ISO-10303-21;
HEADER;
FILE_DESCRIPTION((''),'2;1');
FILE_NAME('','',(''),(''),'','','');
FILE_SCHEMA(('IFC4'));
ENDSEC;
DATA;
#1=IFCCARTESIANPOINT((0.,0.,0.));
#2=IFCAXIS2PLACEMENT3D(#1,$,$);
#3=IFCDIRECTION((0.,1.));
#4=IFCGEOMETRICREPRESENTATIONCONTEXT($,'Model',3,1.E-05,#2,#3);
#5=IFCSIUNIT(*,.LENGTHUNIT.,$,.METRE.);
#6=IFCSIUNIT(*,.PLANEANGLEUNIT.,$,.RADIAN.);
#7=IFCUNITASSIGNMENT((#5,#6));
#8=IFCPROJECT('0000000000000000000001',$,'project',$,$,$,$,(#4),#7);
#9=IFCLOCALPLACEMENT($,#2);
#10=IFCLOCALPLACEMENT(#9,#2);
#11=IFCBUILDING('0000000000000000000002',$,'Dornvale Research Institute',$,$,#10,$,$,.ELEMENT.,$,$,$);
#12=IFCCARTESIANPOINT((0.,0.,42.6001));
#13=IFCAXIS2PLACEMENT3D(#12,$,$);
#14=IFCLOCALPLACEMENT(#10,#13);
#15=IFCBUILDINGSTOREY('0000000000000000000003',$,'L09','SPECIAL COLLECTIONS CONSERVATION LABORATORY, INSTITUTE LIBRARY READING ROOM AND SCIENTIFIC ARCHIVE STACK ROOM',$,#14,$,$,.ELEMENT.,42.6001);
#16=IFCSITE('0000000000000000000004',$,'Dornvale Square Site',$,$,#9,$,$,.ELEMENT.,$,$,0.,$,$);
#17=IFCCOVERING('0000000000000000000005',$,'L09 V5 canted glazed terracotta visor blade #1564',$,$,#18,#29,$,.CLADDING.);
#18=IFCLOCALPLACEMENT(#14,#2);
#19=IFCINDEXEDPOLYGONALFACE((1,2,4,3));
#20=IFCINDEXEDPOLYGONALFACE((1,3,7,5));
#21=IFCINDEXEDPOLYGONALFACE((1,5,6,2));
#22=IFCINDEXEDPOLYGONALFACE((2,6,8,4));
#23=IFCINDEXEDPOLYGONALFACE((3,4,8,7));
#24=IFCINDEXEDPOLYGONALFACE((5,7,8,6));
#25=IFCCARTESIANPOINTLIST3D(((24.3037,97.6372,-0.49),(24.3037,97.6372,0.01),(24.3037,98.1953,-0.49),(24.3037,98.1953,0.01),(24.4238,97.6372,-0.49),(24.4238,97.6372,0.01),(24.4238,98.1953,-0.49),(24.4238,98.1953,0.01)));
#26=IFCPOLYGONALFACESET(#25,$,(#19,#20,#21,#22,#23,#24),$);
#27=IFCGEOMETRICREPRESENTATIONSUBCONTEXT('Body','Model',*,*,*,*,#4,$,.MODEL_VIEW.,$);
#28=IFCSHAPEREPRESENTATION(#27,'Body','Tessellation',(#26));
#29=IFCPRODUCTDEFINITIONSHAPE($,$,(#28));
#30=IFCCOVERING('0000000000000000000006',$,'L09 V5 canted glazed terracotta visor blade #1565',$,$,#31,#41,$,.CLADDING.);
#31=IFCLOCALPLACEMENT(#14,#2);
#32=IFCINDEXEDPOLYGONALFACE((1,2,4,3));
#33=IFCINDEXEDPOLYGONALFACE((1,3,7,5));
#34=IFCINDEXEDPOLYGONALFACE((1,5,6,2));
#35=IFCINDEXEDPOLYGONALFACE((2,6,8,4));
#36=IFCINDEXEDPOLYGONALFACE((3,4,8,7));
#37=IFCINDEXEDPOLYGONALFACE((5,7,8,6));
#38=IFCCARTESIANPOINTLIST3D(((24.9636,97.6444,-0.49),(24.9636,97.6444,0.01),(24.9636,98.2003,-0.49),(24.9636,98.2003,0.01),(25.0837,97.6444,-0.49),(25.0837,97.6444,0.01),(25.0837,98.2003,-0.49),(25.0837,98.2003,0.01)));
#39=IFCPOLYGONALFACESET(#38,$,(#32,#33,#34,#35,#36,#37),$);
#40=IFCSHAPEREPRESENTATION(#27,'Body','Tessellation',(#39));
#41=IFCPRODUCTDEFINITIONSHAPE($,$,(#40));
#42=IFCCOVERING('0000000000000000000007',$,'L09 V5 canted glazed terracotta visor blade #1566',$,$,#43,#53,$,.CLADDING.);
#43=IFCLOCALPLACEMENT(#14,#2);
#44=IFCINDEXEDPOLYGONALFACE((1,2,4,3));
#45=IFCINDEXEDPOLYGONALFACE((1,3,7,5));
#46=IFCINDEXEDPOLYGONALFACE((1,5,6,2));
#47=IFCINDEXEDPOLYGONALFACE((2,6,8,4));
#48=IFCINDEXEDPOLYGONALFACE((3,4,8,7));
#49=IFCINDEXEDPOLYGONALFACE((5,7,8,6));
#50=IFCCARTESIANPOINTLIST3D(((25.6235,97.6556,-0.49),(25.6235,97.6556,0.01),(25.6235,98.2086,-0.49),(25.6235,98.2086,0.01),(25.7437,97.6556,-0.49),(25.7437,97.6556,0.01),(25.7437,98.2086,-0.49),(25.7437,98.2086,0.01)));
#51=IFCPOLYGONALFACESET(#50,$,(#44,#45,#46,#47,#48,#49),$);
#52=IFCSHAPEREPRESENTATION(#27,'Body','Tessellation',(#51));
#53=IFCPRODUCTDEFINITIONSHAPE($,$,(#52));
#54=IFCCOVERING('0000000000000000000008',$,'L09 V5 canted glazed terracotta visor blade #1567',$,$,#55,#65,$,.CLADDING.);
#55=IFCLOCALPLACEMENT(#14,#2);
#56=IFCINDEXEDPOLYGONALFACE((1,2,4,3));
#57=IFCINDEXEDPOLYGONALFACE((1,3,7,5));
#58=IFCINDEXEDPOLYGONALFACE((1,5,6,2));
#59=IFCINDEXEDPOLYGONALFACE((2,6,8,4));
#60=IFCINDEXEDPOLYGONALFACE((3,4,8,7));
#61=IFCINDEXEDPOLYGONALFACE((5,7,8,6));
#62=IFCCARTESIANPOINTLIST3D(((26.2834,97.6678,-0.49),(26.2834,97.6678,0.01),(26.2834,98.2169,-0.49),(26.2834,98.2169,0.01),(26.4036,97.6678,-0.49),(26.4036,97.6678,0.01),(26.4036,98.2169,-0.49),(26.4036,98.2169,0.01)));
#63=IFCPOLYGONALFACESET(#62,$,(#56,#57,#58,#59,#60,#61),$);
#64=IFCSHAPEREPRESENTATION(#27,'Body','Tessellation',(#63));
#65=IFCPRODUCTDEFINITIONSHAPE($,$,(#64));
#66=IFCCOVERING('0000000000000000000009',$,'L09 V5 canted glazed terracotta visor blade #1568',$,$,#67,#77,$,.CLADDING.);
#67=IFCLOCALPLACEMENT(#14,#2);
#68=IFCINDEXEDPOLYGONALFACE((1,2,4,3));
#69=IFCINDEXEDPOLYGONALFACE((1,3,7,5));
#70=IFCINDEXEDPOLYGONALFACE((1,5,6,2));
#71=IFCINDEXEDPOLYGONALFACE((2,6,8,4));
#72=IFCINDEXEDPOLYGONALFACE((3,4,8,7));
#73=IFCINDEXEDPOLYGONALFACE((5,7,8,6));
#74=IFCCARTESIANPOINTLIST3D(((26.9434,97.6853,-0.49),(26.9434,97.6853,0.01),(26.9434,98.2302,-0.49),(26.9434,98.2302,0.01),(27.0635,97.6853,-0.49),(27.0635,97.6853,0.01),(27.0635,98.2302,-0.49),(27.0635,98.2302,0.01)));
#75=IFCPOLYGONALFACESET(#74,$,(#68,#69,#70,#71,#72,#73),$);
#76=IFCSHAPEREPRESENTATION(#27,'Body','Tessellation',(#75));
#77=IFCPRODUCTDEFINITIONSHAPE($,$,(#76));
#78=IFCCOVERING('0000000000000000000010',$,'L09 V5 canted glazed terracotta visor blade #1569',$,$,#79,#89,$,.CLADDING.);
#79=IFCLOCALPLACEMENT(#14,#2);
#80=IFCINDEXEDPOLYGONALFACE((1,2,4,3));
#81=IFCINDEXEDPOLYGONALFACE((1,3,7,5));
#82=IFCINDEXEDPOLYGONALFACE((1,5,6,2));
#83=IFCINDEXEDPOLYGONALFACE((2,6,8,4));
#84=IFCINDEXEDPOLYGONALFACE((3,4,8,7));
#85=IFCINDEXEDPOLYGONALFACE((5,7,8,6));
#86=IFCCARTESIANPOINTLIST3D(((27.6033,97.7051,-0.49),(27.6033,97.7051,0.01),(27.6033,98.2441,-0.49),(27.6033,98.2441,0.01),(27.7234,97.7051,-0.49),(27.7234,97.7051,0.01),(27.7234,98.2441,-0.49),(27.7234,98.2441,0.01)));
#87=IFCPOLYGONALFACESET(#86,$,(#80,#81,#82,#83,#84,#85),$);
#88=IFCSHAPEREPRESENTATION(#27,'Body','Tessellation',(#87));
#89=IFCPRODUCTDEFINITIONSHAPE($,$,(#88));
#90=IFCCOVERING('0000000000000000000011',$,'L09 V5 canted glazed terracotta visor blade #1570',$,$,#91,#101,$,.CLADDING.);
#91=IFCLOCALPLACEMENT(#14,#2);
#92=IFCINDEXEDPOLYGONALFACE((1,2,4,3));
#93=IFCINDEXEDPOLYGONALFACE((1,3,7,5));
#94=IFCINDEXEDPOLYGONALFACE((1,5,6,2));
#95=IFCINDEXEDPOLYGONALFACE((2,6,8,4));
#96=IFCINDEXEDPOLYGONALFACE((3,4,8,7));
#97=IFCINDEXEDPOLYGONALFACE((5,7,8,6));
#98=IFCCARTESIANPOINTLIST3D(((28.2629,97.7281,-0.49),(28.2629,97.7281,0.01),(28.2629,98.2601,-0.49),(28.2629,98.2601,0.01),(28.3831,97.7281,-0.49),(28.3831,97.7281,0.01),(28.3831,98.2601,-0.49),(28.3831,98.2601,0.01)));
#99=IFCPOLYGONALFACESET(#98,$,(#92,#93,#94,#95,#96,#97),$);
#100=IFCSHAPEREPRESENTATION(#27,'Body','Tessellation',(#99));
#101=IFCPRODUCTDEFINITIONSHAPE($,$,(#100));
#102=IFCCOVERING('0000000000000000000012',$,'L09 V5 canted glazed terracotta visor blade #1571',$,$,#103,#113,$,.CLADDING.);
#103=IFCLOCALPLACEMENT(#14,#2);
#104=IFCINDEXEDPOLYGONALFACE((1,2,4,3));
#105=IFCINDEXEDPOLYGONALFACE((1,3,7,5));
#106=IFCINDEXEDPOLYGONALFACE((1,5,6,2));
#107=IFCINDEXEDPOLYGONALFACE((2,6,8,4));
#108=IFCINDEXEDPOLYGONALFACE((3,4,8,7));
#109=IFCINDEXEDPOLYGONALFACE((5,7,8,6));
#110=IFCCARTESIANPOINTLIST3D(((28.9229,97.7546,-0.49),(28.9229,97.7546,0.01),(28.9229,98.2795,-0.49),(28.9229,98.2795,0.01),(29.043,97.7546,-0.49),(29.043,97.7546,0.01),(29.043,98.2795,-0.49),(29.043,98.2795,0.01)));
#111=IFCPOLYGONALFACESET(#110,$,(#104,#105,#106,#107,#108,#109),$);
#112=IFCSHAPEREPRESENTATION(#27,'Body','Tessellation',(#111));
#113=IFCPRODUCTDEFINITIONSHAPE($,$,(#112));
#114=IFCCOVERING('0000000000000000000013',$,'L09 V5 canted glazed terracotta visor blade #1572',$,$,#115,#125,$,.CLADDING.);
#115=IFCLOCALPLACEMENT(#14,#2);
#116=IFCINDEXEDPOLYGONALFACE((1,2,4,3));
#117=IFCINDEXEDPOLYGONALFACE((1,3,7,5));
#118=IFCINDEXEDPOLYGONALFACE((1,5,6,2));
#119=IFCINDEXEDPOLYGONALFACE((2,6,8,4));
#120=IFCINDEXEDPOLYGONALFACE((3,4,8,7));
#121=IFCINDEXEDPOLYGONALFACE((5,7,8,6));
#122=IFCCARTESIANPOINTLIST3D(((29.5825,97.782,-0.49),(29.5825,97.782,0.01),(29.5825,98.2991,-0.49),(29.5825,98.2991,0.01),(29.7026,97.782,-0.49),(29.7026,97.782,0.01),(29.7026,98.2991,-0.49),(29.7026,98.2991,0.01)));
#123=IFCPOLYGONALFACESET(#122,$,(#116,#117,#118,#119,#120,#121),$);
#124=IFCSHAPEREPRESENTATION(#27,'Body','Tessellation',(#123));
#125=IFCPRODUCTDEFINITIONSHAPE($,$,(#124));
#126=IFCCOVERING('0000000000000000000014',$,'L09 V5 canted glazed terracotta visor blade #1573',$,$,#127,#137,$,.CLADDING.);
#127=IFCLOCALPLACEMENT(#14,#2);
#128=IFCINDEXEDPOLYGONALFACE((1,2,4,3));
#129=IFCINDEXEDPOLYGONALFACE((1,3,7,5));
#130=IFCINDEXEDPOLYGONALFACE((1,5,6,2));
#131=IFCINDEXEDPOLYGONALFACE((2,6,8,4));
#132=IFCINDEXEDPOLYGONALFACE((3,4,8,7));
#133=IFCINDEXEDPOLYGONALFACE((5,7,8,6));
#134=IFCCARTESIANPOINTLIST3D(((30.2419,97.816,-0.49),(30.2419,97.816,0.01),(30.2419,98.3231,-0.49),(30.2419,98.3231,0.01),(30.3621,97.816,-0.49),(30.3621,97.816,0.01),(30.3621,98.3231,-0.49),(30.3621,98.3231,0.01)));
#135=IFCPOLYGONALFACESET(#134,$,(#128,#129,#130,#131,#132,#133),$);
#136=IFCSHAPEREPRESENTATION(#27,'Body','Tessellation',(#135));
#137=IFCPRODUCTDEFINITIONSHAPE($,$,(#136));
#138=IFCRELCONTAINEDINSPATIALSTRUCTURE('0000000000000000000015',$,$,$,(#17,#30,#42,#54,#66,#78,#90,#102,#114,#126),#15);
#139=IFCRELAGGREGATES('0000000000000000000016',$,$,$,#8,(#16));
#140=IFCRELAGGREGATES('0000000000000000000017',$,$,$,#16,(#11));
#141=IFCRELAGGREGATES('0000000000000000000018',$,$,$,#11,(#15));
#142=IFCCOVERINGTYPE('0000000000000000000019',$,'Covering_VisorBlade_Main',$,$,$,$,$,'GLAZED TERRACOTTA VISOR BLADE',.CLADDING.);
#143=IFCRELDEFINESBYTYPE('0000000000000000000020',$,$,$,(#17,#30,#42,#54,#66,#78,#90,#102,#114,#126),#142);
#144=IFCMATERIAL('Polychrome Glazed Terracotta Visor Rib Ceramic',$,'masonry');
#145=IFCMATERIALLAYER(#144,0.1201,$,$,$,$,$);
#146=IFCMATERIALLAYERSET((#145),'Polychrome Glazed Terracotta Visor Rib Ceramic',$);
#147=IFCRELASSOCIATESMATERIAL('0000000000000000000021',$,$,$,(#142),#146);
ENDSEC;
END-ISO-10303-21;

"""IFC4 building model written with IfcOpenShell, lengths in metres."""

from ifc_helpers import new_model, si_unit, direction, frame, origin, origin_2d, place, context, subcontext, project, spatial, rectangle, extrude, material, layer, layer_set, type_object, element, save


model = new_model("IFC4")

# Units and contexts
model_context = context("Model", 3, precision=1e-05, world=origin(), true_north=direction((0.0, 1.0)))
body_context = subcontext(model_context, "Body", "Model", "MODEL_VIEW")
ifc_project = project(units=[si_unit("LENGTHUNIT", "METRE"), si_unit("PLANEANGLEUNIT", "RADIAN")], contexts=[model_context])

# Site, building, storey
site_placement = place(None, origin())
site = spatial("IfcSite", under=ifc_project, at=site_placement, Name="Dornvale Square Site", CompositionType="ELEMENT", RefElevation=0.0)
building_placement = place(site_placement, origin())
building = spatial("IfcBuilding", under=site, at=building_placement, Name="Dornvale Research Institute", CompositionType="ELEMENT")
storey_placement = place(building_placement, frame((0.0, 0.0, 42.6001)))
storey = spatial("IfcBuildingStorey", under=building, at=storey_placement, Name="L09", Description="SPECIAL COLLECTIONS CONSERVATION LABORATORY, INSTITUTE LIBRARY READING ROOM AND SCIENTIFIC ARCHIVE STACK ROOM", CompositionType="ELEMENT", Elevation=42.6001)

# Coverings
ifc_material_1 = material(Name="Polychrome Glazed Terracotta Visor Rib Ceramic", Category="masonry")
ifc_layer_1 = layer(ifc_material_1, 0.1201)
ifc_layer_set_1 = layer_set([ifc_layer_1], Name="Polychrome Glazed Terracotta Visor Rib Ceramic")
covering_type_1 = type_object("IfcCoveringType", Name="Covering_VisorBlade_Main", ElementType="GLAZED TERRACOTTA VISOR BLADE", PredefinedType="CLADDING", material=ifc_layer_set_1)
covering_1_placement = place(storey_placement, frame((24.3638, 97.9163, -0.49), z_axis=(0.0, 0.0, 1.0), x_axis=(0.0, 1.0, 0.0)))
element("IfcCovering", 1, at=covering_1_placement, inside=storey, type_object=covering_type_1, Name="L09 V5 canted glazed terracotta visor blade #1564", PredefinedType="CLADDING", context=body_context, shape_type="SweptSolid", body=[
    extrude(rectangle(XDim=0.5581, YDim=0.1201, at=origin_2d()), origin(), (0.0, 0.0, 1.0), 0.5),
])
covering_2_placement = place(storey_placement, frame((25.0237, 97.9224, -0.49), z_axis=(0.0, 0.0, 1.0), x_axis=(0.0, 1.0, 0.0)))
element("IfcCovering", 2, at=covering_2_placement, inside=storey, type_object=covering_type_1, Name="L09 V5 canted glazed terracotta visor blade #1565", PredefinedType="CLADDING", context=body_context, shape_type="SweptSolid", body=[
    extrude(rectangle(XDim=0.5559, YDim=0.1201, at=origin_2d()), origin(), (0.0, 0.0, 1.0), 0.5),
])
covering_3_placement = place(storey_placement, frame((25.6836, 97.9321, -0.49), z_axis=(0.0, 0.0, 1.0), x_axis=(0.0, 1.0, 0.0)))
element("IfcCovering", 3, at=covering_3_placement, inside=storey, type_object=covering_type_1, Name="L09 V5 canted glazed terracotta visor blade #1566", PredefinedType="CLADDING", context=body_context, shape_type="SweptSolid", body=[
    extrude(rectangle(XDim=0.553, YDim=0.1201, at=origin_2d()), origin(), (0.0, 0.0, 1.0), 0.5),
])
covering_4_placement = place(storey_placement, frame((26.3435, 97.9424, -0.49), z_axis=(0.0, 0.0, 1.0), x_axis=(0.0, 1.0, 0.0)))
element("IfcCovering", 4, at=covering_4_placement, inside=storey, type_object=covering_type_1, Name="L09 V5 canted glazed terracotta visor blade #1567", PredefinedType="CLADDING", context=body_context, shape_type="SweptSolid", body=[
    extrude(rectangle(XDim=0.5491, YDim=0.1201, at=origin_2d()), origin(), (0.0, 0.0, 1.0), 0.5),
])
covering_5_placement = place(storey_placement, frame((27.0034, 97.9578, -0.49), z_axis=(0.0, 0.0, 1.0), x_axis=(0.0, 1.0, 0.0)))
element("IfcCovering", 5, at=covering_5_placement, inside=storey, type_object=covering_type_1, Name="L09 V5 canted glazed terracotta visor blade #1568", PredefinedType="CLADDING", context=body_context, shape_type="SweptSolid", body=[
    extrude(rectangle(XDim=0.5449, YDim=0.1201, at=origin_2d()), origin(), (0.0, 0.0, 1.0), 0.5),
])
covering_6_placement = place(storey_placement, frame((27.6633, 97.9746, -0.49), z_axis=(0.0, 0.0, 1.0), x_axis=(0.0, 1.0, 0.0)))
element("IfcCovering", 6, at=covering_6_placement, inside=storey, type_object=covering_type_1, Name="L09 V5 canted glazed terracotta visor blade #1569", PredefinedType="CLADDING", context=body_context, shape_type="SweptSolid", body=[
    extrude(rectangle(XDim=0.5391, YDim=0.1201, at=origin_2d()), origin(), (0.0, 0.0, 1.0), 0.5),
])
covering_7_placement = place(storey_placement, frame((28.323, 97.9941, -0.49), z_axis=(0.0, 0.0, 1.0), x_axis=(0.0, 1.0, 0.0)))
element("IfcCovering", 7, at=covering_7_placement, inside=storey, type_object=covering_type_1, Name="L09 V5 canted glazed terracotta visor blade #1570", PredefinedType="CLADDING", context=body_context, shape_type="SweptSolid", body=[
    extrude(rectangle(XDim=0.532, YDim=0.1201, at=origin_2d()), origin(), (0.0, 0.0, 1.0), 0.5),
])
covering_8_placement = place(storey_placement, frame((28.9829, 98.0171, -0.49), z_axis=(0.0, 0.0, 1.0), x_axis=(0.0, 1.0, 0.0)))
element("IfcCovering", 8, at=covering_8_placement, inside=storey, type_object=covering_type_1, Name="L09 V5 canted glazed terracotta visor blade #1571", PredefinedType="CLADDING", context=body_context, shape_type="SweptSolid", body=[
    extrude(rectangle(XDim=0.5249, YDim=0.1201, at=origin_2d()), origin(), (0.0, 0.0, 1.0), 0.5),
])
covering_9_placement = place(storey_placement, frame((29.6426, 98.0405, -0.49), z_axis=(0.0, 0.0, 1.0), x_axis=(0.0, 1.0, 0.0)))
element("IfcCovering", 9, at=covering_9_placement, inside=storey, type_object=covering_type_1, Name="L09 V5 canted glazed terracotta visor blade #1572", PredefinedType="CLADDING", context=body_context, shape_type="SweptSolid", body=[
    extrude(rectangle(XDim=0.5171, YDim=0.1201, at=origin_2d()), origin(), (0.0, 0.0, 1.0), 0.5),
])
covering_10_placement = place(storey_placement, frame((30.302, 98.0696, -0.49), z_axis=(0.0, 0.0, 1.0), x_axis=(0.0, 1.0, 0.0)))
element("IfcCovering", 10, at=covering_10_placement, inside=storey, type_object=covering_type_1, Name="L09 V5 canted glazed terracotta visor blade #1573", PredefinedType="CLADDING", context=body_context, shape_type="SweptSolid", body=[
    extrude(rectangle(XDim=0.5071, YDim=0.1201, at=origin_2d()), origin(), (0.0, 0.0, 1.0), 0.5),
])

save(model, "model.ifc")
